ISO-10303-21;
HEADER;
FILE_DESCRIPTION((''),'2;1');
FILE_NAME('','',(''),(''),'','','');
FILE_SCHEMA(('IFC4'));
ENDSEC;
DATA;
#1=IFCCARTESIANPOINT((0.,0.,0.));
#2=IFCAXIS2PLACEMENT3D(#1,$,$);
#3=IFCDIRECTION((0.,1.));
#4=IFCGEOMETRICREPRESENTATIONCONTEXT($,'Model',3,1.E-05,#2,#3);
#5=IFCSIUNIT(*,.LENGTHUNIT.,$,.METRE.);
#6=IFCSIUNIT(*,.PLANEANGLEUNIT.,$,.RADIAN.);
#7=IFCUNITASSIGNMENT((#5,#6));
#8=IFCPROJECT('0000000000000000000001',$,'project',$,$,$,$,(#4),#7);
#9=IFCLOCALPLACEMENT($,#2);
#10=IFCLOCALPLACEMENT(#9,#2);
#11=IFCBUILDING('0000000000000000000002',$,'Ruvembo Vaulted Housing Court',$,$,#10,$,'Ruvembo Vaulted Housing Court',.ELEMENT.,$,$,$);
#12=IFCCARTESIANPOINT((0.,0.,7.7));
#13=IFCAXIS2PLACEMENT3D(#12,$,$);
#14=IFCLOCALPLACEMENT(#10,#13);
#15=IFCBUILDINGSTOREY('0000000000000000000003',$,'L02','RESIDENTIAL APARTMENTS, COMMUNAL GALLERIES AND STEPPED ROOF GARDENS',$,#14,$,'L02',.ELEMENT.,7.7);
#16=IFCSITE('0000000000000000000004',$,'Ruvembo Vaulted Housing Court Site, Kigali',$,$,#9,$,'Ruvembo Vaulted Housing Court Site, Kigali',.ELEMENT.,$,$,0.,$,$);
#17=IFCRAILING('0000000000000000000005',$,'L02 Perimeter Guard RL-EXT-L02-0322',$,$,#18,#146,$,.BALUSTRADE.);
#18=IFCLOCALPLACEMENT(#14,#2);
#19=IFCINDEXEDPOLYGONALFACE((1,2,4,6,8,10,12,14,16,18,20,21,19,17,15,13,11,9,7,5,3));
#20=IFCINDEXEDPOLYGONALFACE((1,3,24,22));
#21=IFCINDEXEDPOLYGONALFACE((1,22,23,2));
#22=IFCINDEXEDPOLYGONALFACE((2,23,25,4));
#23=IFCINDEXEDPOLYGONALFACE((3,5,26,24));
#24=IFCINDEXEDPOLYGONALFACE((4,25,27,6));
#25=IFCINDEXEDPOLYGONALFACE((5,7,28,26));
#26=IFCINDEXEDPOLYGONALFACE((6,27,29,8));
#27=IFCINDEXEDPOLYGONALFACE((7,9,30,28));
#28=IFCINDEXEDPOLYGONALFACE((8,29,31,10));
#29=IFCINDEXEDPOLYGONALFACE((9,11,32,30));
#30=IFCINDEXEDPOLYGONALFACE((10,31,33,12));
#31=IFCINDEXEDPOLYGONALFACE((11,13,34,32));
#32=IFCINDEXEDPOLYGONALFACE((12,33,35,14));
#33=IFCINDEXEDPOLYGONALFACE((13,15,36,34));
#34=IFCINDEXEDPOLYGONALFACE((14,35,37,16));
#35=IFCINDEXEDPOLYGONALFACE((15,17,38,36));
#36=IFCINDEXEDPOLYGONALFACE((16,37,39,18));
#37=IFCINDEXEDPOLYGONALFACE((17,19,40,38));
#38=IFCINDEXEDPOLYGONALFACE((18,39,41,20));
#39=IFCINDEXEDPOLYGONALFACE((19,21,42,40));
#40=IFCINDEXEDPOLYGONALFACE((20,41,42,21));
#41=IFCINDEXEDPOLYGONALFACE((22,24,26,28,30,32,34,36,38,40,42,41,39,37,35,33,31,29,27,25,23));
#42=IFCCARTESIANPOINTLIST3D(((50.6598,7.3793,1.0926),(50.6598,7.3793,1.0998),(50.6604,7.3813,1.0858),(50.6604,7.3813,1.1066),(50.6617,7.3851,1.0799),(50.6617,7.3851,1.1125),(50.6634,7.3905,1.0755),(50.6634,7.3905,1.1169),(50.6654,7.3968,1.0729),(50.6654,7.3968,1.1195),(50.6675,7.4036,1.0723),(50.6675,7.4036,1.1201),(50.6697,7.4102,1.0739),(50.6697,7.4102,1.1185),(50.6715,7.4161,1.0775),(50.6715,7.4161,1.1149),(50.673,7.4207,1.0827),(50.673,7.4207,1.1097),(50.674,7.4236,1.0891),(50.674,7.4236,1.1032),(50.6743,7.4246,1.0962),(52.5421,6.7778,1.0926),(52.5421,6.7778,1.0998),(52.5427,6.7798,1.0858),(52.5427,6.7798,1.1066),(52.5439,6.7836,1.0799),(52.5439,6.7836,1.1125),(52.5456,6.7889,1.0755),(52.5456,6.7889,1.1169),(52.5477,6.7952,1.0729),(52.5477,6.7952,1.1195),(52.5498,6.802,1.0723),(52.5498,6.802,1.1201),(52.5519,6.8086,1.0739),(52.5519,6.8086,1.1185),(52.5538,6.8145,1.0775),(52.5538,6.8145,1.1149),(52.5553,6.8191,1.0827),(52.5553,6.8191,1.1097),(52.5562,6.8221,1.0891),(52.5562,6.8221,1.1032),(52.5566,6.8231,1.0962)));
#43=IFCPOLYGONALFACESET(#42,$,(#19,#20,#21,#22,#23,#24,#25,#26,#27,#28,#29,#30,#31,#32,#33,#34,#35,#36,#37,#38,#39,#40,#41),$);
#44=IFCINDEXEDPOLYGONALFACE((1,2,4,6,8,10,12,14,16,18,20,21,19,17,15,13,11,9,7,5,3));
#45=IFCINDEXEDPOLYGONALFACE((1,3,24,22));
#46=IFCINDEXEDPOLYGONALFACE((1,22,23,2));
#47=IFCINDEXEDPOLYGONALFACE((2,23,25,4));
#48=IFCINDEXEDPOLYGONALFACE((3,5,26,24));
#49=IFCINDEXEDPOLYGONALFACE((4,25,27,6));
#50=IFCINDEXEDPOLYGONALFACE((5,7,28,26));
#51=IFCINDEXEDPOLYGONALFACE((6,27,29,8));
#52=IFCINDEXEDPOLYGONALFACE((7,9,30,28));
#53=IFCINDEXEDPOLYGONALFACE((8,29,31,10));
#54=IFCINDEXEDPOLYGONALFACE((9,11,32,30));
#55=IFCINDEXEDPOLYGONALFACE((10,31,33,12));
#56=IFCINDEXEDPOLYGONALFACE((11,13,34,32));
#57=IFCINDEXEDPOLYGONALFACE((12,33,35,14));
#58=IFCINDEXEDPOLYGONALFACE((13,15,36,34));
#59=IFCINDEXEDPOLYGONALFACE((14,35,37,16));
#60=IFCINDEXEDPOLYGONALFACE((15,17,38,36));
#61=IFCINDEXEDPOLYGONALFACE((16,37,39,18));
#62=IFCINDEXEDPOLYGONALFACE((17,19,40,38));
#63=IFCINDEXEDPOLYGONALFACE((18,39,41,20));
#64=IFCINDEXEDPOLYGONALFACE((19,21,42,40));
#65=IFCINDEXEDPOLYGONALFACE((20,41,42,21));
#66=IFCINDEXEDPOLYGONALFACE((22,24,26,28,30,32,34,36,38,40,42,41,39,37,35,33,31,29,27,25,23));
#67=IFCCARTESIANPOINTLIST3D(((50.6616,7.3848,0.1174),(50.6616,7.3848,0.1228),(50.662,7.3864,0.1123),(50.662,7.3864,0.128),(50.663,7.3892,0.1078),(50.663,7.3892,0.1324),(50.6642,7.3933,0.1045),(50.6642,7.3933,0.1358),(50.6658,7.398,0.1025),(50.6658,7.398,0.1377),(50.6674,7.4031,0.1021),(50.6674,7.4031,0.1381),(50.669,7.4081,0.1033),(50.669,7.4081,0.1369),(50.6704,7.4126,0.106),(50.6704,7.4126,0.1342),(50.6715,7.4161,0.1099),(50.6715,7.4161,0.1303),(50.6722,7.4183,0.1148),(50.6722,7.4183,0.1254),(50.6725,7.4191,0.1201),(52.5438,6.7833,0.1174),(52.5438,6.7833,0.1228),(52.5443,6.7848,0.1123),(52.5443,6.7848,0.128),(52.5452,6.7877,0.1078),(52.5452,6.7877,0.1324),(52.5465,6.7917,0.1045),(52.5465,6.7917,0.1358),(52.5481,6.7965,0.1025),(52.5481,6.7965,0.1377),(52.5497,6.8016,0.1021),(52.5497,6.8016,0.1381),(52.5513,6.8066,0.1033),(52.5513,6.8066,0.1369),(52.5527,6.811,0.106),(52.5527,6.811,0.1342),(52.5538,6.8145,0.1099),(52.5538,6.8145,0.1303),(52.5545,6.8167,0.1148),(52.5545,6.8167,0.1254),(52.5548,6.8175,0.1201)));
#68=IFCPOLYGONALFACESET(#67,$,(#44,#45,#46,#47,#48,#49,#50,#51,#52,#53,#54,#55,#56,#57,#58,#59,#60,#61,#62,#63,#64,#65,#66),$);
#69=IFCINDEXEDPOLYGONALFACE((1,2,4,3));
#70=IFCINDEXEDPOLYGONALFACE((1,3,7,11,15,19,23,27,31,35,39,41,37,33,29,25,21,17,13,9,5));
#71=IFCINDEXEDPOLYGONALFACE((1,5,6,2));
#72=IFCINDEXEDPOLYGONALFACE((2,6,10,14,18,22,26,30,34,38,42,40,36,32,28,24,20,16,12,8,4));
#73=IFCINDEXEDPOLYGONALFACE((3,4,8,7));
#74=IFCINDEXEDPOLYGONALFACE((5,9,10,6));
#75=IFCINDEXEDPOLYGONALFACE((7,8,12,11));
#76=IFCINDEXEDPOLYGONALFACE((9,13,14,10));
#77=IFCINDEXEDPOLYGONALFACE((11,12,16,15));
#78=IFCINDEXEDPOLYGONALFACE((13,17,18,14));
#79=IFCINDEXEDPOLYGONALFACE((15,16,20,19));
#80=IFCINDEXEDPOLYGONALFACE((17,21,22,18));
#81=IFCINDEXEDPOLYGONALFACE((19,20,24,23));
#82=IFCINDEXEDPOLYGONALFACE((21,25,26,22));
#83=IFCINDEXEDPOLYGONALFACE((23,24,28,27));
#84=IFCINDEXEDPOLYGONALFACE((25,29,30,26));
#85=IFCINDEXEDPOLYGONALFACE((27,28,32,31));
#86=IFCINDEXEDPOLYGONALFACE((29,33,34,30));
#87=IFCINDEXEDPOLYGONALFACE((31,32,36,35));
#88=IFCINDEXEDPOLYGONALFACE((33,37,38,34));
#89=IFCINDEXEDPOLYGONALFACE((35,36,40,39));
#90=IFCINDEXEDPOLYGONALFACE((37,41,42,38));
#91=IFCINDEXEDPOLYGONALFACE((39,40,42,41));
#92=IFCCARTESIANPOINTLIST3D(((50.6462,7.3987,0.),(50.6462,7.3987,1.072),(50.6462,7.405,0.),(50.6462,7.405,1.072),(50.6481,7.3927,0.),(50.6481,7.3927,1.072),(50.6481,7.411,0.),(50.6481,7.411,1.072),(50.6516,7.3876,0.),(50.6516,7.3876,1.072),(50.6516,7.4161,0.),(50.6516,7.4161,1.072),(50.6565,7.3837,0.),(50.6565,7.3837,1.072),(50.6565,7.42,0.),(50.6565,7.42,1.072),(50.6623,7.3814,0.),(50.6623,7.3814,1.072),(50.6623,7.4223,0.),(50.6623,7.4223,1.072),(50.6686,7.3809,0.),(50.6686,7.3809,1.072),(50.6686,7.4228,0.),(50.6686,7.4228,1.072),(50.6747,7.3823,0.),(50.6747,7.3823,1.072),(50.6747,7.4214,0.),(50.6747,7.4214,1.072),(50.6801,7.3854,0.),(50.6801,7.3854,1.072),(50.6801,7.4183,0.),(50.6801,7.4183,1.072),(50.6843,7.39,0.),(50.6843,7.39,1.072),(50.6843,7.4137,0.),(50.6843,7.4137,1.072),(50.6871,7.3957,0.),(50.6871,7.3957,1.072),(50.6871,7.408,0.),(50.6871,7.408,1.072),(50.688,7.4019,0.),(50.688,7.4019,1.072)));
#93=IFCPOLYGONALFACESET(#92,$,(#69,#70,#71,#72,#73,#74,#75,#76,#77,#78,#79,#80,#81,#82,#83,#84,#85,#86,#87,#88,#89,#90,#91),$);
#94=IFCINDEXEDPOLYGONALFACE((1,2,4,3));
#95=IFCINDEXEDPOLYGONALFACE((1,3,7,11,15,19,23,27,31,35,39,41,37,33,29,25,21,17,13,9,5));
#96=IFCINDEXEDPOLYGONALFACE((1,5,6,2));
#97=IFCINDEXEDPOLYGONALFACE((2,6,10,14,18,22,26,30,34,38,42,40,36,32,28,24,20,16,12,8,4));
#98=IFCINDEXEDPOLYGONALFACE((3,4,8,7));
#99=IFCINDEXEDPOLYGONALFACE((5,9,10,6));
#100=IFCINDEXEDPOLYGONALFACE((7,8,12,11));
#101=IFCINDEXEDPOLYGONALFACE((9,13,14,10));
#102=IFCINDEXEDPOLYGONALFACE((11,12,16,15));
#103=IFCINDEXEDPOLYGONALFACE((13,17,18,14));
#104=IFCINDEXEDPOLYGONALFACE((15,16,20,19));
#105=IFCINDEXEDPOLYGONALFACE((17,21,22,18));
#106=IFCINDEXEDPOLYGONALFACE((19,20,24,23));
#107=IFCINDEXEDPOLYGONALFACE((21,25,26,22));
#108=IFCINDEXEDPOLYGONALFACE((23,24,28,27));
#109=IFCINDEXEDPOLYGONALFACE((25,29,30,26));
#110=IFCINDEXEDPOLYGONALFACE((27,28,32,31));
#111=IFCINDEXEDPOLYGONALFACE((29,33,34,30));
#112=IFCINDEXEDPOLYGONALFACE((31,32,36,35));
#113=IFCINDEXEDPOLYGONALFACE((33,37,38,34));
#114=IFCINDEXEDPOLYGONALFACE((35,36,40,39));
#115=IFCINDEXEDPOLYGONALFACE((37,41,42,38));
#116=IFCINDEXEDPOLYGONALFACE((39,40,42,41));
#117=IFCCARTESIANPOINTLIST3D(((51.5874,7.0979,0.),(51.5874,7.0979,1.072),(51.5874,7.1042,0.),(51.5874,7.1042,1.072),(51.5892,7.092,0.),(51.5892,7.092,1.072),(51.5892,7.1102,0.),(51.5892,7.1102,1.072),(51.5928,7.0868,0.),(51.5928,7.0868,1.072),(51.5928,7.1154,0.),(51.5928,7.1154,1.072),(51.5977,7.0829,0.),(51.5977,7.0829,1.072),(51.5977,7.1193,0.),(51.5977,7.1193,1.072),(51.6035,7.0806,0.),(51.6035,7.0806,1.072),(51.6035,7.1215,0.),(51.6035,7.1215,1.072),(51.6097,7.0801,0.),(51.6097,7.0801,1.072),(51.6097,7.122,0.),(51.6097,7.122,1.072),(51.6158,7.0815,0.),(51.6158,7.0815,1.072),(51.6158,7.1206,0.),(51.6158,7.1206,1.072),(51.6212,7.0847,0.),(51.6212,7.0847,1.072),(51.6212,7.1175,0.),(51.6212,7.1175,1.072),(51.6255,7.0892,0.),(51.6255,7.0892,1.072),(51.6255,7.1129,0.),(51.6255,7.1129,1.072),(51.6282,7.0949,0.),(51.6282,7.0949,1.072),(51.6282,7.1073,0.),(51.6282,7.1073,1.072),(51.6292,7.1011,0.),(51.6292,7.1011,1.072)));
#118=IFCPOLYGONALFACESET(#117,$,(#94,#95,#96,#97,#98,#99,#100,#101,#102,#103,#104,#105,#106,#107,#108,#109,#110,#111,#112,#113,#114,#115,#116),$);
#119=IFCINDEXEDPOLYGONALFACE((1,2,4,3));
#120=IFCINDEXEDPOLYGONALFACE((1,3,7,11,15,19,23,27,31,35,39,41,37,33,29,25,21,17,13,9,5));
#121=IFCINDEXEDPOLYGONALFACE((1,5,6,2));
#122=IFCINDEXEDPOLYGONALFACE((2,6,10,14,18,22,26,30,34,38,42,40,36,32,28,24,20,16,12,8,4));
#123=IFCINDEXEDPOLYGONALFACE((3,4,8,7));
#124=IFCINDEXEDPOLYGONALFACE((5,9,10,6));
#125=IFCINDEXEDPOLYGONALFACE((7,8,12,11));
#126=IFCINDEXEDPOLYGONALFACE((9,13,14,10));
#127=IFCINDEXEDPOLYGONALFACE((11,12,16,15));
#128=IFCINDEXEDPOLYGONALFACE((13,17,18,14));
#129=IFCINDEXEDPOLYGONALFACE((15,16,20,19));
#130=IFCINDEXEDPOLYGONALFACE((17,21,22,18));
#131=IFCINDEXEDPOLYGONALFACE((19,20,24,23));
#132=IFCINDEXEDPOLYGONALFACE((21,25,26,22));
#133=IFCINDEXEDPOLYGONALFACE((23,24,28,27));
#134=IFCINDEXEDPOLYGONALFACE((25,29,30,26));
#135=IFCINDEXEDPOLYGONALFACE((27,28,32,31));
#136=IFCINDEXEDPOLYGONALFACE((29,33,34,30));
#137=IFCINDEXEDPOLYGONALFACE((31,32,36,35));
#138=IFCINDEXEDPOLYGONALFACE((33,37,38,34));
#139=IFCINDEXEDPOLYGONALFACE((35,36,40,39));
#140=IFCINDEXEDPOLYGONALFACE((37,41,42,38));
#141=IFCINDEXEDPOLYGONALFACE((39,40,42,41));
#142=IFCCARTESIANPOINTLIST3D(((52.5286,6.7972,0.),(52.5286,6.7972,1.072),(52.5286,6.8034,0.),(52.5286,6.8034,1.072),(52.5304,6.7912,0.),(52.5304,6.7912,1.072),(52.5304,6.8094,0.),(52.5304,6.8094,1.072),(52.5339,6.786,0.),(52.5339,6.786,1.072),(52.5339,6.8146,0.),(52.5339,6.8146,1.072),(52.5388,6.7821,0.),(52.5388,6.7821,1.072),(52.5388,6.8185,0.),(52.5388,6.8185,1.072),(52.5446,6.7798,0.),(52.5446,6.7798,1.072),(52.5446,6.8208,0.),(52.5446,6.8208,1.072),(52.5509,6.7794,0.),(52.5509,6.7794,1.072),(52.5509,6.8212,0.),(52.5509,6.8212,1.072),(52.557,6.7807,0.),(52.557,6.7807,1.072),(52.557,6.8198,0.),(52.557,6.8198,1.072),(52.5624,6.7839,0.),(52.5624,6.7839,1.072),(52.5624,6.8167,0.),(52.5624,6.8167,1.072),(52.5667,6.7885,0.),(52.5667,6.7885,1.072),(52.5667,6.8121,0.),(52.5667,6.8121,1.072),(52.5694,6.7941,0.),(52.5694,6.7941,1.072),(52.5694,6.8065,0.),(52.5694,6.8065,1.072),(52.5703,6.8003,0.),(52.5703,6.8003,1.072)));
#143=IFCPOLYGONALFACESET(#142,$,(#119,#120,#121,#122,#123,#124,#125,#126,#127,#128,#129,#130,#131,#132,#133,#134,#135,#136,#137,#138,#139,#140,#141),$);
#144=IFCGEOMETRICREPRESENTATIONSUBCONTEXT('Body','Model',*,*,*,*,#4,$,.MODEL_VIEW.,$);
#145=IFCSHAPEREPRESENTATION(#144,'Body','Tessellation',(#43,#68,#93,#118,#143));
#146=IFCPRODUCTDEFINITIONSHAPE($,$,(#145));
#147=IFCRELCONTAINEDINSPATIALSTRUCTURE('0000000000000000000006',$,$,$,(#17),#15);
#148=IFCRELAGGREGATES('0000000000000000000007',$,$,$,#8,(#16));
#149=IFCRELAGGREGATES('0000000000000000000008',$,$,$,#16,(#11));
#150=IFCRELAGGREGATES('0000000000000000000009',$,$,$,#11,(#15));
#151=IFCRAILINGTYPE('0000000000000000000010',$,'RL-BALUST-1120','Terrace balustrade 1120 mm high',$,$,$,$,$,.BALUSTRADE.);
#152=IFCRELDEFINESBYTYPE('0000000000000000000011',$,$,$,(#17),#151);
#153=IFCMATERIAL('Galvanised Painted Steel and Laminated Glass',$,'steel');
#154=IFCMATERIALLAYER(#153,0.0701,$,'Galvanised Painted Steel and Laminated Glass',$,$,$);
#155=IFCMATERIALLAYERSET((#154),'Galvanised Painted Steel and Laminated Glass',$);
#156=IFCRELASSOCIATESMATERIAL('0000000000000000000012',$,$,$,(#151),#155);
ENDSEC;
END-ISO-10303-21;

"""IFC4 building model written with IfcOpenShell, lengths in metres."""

from ifc_helpers import new_model, si_unit, direction, frame, origin, origin_2d, place, context, subcontext, project, spatial, circle, extrude, material, layer, layer_set, type_object, element, save


model = new_model("IFC4")

# Units and contexts
model_context = context("Model", 3, precision=1e-05, world=origin(), true_north=direction((0.0, 1.0)))
body_context = subcontext(model_context, "Body", "Model", "MODEL_VIEW")
ifc_project = project(units=[si_unit("LENGTHUNIT", "METRE"), si_unit("PLANEANGLEUNIT", "RADIAN")], contexts=[model_context])

# Site, building, storey
site_placement = place(None, origin())
site = spatial("IfcSite", under=ifc_project, at=site_placement, Name="Ruvembo Vaulted Housing Court Site, Kigali", LongName="Ruvembo Vaulted Housing Court Site, Kigali", CompositionType="ELEMENT", RefElevation=0.0)
building_placement = place(site_placement, origin())
building = spatial("IfcBuilding", under=site, at=building_placement, Name="Ruvembo Vaulted Housing Court", LongName="Ruvembo Vaulted Housing Court", CompositionType="ELEMENT")
storey_placement = place(building_placement, frame((0.0, 0.0, 7.7)))
storey = spatial("IfcBuildingStorey", under=building, at=storey_placement, Name="L02", Description="RESIDENTIAL APARTMENTS, COMMUNAL GALLERIES AND STEPPED ROOF GARDENS", LongName="L02", CompositionType="ELEMENT", Elevation=7.7)

# Railing
ifc_material_1 = material(Name="Galvanised Painted Steel and Laminated Glass", Category="steel")
ifc_layer_1 = layer(ifc_material_1, 0.0701, Name="Galvanised Painted Steel and Laminated Glass")
ifc_layer_set_1 = layer_set([ifc_layer_1], Name="Galvanised Painted Steel and Laminated Glass")
railing_type = type_object("IfcRailingType", Name="RL-BALUST-1120", Description="Terrace balustrade 1120 mm high", PredefinedType="BALUSTRADE", material=ifc_layer_set_1)
railing_1_placement = place(storey_placement, frame((50.667, 7.4019, 0.0)))
element("IfcRailing", 1, at=railing_1_placement, inside=storey, type_object=railing_type, Name="L02 Perimeter Guard RL-EXT-L02-0322", PredefinedType="BALUSTRADE", context=body_context, shape_type="SweptSolid", body=[
    extrude(circle(Radius=0.0239, at=origin_2d()), frame((0.0, 0.0, 1.0962), z_axis=(0.952539, -0.304417, 0.0), x_axis=(0.304417, 0.952539, 0.0)), (0.0, 0.0, 1.0), 1.9761),
    extrude(circle(Radius=0.0181, at=origin_2d()), frame((0.0, 0.0, 0.1201), z_axis=(0.952539, -0.304417, 0.0), x_axis=(0.304417, 0.952539, 0.0)), (0.0, 0.0, 1.0), 1.9761),
    extrude(circle(Radius=0.021, at=origin_2d()), origin(), (0.0, 0.0, 1.0), 1.072),
    extrude(circle(Radius=0.021, at=origin_2d()), frame((0.9412, -0.3008, 0.0)), (0.0, 0.0, 1.0), 1.072),
    extrude(circle(Radius=0.021, at=origin_2d()), frame((1.8823, -0.6016, 0.0)), (0.0, 0.0, 1.0), 1.072),
])

save(model, "model.ifc")
